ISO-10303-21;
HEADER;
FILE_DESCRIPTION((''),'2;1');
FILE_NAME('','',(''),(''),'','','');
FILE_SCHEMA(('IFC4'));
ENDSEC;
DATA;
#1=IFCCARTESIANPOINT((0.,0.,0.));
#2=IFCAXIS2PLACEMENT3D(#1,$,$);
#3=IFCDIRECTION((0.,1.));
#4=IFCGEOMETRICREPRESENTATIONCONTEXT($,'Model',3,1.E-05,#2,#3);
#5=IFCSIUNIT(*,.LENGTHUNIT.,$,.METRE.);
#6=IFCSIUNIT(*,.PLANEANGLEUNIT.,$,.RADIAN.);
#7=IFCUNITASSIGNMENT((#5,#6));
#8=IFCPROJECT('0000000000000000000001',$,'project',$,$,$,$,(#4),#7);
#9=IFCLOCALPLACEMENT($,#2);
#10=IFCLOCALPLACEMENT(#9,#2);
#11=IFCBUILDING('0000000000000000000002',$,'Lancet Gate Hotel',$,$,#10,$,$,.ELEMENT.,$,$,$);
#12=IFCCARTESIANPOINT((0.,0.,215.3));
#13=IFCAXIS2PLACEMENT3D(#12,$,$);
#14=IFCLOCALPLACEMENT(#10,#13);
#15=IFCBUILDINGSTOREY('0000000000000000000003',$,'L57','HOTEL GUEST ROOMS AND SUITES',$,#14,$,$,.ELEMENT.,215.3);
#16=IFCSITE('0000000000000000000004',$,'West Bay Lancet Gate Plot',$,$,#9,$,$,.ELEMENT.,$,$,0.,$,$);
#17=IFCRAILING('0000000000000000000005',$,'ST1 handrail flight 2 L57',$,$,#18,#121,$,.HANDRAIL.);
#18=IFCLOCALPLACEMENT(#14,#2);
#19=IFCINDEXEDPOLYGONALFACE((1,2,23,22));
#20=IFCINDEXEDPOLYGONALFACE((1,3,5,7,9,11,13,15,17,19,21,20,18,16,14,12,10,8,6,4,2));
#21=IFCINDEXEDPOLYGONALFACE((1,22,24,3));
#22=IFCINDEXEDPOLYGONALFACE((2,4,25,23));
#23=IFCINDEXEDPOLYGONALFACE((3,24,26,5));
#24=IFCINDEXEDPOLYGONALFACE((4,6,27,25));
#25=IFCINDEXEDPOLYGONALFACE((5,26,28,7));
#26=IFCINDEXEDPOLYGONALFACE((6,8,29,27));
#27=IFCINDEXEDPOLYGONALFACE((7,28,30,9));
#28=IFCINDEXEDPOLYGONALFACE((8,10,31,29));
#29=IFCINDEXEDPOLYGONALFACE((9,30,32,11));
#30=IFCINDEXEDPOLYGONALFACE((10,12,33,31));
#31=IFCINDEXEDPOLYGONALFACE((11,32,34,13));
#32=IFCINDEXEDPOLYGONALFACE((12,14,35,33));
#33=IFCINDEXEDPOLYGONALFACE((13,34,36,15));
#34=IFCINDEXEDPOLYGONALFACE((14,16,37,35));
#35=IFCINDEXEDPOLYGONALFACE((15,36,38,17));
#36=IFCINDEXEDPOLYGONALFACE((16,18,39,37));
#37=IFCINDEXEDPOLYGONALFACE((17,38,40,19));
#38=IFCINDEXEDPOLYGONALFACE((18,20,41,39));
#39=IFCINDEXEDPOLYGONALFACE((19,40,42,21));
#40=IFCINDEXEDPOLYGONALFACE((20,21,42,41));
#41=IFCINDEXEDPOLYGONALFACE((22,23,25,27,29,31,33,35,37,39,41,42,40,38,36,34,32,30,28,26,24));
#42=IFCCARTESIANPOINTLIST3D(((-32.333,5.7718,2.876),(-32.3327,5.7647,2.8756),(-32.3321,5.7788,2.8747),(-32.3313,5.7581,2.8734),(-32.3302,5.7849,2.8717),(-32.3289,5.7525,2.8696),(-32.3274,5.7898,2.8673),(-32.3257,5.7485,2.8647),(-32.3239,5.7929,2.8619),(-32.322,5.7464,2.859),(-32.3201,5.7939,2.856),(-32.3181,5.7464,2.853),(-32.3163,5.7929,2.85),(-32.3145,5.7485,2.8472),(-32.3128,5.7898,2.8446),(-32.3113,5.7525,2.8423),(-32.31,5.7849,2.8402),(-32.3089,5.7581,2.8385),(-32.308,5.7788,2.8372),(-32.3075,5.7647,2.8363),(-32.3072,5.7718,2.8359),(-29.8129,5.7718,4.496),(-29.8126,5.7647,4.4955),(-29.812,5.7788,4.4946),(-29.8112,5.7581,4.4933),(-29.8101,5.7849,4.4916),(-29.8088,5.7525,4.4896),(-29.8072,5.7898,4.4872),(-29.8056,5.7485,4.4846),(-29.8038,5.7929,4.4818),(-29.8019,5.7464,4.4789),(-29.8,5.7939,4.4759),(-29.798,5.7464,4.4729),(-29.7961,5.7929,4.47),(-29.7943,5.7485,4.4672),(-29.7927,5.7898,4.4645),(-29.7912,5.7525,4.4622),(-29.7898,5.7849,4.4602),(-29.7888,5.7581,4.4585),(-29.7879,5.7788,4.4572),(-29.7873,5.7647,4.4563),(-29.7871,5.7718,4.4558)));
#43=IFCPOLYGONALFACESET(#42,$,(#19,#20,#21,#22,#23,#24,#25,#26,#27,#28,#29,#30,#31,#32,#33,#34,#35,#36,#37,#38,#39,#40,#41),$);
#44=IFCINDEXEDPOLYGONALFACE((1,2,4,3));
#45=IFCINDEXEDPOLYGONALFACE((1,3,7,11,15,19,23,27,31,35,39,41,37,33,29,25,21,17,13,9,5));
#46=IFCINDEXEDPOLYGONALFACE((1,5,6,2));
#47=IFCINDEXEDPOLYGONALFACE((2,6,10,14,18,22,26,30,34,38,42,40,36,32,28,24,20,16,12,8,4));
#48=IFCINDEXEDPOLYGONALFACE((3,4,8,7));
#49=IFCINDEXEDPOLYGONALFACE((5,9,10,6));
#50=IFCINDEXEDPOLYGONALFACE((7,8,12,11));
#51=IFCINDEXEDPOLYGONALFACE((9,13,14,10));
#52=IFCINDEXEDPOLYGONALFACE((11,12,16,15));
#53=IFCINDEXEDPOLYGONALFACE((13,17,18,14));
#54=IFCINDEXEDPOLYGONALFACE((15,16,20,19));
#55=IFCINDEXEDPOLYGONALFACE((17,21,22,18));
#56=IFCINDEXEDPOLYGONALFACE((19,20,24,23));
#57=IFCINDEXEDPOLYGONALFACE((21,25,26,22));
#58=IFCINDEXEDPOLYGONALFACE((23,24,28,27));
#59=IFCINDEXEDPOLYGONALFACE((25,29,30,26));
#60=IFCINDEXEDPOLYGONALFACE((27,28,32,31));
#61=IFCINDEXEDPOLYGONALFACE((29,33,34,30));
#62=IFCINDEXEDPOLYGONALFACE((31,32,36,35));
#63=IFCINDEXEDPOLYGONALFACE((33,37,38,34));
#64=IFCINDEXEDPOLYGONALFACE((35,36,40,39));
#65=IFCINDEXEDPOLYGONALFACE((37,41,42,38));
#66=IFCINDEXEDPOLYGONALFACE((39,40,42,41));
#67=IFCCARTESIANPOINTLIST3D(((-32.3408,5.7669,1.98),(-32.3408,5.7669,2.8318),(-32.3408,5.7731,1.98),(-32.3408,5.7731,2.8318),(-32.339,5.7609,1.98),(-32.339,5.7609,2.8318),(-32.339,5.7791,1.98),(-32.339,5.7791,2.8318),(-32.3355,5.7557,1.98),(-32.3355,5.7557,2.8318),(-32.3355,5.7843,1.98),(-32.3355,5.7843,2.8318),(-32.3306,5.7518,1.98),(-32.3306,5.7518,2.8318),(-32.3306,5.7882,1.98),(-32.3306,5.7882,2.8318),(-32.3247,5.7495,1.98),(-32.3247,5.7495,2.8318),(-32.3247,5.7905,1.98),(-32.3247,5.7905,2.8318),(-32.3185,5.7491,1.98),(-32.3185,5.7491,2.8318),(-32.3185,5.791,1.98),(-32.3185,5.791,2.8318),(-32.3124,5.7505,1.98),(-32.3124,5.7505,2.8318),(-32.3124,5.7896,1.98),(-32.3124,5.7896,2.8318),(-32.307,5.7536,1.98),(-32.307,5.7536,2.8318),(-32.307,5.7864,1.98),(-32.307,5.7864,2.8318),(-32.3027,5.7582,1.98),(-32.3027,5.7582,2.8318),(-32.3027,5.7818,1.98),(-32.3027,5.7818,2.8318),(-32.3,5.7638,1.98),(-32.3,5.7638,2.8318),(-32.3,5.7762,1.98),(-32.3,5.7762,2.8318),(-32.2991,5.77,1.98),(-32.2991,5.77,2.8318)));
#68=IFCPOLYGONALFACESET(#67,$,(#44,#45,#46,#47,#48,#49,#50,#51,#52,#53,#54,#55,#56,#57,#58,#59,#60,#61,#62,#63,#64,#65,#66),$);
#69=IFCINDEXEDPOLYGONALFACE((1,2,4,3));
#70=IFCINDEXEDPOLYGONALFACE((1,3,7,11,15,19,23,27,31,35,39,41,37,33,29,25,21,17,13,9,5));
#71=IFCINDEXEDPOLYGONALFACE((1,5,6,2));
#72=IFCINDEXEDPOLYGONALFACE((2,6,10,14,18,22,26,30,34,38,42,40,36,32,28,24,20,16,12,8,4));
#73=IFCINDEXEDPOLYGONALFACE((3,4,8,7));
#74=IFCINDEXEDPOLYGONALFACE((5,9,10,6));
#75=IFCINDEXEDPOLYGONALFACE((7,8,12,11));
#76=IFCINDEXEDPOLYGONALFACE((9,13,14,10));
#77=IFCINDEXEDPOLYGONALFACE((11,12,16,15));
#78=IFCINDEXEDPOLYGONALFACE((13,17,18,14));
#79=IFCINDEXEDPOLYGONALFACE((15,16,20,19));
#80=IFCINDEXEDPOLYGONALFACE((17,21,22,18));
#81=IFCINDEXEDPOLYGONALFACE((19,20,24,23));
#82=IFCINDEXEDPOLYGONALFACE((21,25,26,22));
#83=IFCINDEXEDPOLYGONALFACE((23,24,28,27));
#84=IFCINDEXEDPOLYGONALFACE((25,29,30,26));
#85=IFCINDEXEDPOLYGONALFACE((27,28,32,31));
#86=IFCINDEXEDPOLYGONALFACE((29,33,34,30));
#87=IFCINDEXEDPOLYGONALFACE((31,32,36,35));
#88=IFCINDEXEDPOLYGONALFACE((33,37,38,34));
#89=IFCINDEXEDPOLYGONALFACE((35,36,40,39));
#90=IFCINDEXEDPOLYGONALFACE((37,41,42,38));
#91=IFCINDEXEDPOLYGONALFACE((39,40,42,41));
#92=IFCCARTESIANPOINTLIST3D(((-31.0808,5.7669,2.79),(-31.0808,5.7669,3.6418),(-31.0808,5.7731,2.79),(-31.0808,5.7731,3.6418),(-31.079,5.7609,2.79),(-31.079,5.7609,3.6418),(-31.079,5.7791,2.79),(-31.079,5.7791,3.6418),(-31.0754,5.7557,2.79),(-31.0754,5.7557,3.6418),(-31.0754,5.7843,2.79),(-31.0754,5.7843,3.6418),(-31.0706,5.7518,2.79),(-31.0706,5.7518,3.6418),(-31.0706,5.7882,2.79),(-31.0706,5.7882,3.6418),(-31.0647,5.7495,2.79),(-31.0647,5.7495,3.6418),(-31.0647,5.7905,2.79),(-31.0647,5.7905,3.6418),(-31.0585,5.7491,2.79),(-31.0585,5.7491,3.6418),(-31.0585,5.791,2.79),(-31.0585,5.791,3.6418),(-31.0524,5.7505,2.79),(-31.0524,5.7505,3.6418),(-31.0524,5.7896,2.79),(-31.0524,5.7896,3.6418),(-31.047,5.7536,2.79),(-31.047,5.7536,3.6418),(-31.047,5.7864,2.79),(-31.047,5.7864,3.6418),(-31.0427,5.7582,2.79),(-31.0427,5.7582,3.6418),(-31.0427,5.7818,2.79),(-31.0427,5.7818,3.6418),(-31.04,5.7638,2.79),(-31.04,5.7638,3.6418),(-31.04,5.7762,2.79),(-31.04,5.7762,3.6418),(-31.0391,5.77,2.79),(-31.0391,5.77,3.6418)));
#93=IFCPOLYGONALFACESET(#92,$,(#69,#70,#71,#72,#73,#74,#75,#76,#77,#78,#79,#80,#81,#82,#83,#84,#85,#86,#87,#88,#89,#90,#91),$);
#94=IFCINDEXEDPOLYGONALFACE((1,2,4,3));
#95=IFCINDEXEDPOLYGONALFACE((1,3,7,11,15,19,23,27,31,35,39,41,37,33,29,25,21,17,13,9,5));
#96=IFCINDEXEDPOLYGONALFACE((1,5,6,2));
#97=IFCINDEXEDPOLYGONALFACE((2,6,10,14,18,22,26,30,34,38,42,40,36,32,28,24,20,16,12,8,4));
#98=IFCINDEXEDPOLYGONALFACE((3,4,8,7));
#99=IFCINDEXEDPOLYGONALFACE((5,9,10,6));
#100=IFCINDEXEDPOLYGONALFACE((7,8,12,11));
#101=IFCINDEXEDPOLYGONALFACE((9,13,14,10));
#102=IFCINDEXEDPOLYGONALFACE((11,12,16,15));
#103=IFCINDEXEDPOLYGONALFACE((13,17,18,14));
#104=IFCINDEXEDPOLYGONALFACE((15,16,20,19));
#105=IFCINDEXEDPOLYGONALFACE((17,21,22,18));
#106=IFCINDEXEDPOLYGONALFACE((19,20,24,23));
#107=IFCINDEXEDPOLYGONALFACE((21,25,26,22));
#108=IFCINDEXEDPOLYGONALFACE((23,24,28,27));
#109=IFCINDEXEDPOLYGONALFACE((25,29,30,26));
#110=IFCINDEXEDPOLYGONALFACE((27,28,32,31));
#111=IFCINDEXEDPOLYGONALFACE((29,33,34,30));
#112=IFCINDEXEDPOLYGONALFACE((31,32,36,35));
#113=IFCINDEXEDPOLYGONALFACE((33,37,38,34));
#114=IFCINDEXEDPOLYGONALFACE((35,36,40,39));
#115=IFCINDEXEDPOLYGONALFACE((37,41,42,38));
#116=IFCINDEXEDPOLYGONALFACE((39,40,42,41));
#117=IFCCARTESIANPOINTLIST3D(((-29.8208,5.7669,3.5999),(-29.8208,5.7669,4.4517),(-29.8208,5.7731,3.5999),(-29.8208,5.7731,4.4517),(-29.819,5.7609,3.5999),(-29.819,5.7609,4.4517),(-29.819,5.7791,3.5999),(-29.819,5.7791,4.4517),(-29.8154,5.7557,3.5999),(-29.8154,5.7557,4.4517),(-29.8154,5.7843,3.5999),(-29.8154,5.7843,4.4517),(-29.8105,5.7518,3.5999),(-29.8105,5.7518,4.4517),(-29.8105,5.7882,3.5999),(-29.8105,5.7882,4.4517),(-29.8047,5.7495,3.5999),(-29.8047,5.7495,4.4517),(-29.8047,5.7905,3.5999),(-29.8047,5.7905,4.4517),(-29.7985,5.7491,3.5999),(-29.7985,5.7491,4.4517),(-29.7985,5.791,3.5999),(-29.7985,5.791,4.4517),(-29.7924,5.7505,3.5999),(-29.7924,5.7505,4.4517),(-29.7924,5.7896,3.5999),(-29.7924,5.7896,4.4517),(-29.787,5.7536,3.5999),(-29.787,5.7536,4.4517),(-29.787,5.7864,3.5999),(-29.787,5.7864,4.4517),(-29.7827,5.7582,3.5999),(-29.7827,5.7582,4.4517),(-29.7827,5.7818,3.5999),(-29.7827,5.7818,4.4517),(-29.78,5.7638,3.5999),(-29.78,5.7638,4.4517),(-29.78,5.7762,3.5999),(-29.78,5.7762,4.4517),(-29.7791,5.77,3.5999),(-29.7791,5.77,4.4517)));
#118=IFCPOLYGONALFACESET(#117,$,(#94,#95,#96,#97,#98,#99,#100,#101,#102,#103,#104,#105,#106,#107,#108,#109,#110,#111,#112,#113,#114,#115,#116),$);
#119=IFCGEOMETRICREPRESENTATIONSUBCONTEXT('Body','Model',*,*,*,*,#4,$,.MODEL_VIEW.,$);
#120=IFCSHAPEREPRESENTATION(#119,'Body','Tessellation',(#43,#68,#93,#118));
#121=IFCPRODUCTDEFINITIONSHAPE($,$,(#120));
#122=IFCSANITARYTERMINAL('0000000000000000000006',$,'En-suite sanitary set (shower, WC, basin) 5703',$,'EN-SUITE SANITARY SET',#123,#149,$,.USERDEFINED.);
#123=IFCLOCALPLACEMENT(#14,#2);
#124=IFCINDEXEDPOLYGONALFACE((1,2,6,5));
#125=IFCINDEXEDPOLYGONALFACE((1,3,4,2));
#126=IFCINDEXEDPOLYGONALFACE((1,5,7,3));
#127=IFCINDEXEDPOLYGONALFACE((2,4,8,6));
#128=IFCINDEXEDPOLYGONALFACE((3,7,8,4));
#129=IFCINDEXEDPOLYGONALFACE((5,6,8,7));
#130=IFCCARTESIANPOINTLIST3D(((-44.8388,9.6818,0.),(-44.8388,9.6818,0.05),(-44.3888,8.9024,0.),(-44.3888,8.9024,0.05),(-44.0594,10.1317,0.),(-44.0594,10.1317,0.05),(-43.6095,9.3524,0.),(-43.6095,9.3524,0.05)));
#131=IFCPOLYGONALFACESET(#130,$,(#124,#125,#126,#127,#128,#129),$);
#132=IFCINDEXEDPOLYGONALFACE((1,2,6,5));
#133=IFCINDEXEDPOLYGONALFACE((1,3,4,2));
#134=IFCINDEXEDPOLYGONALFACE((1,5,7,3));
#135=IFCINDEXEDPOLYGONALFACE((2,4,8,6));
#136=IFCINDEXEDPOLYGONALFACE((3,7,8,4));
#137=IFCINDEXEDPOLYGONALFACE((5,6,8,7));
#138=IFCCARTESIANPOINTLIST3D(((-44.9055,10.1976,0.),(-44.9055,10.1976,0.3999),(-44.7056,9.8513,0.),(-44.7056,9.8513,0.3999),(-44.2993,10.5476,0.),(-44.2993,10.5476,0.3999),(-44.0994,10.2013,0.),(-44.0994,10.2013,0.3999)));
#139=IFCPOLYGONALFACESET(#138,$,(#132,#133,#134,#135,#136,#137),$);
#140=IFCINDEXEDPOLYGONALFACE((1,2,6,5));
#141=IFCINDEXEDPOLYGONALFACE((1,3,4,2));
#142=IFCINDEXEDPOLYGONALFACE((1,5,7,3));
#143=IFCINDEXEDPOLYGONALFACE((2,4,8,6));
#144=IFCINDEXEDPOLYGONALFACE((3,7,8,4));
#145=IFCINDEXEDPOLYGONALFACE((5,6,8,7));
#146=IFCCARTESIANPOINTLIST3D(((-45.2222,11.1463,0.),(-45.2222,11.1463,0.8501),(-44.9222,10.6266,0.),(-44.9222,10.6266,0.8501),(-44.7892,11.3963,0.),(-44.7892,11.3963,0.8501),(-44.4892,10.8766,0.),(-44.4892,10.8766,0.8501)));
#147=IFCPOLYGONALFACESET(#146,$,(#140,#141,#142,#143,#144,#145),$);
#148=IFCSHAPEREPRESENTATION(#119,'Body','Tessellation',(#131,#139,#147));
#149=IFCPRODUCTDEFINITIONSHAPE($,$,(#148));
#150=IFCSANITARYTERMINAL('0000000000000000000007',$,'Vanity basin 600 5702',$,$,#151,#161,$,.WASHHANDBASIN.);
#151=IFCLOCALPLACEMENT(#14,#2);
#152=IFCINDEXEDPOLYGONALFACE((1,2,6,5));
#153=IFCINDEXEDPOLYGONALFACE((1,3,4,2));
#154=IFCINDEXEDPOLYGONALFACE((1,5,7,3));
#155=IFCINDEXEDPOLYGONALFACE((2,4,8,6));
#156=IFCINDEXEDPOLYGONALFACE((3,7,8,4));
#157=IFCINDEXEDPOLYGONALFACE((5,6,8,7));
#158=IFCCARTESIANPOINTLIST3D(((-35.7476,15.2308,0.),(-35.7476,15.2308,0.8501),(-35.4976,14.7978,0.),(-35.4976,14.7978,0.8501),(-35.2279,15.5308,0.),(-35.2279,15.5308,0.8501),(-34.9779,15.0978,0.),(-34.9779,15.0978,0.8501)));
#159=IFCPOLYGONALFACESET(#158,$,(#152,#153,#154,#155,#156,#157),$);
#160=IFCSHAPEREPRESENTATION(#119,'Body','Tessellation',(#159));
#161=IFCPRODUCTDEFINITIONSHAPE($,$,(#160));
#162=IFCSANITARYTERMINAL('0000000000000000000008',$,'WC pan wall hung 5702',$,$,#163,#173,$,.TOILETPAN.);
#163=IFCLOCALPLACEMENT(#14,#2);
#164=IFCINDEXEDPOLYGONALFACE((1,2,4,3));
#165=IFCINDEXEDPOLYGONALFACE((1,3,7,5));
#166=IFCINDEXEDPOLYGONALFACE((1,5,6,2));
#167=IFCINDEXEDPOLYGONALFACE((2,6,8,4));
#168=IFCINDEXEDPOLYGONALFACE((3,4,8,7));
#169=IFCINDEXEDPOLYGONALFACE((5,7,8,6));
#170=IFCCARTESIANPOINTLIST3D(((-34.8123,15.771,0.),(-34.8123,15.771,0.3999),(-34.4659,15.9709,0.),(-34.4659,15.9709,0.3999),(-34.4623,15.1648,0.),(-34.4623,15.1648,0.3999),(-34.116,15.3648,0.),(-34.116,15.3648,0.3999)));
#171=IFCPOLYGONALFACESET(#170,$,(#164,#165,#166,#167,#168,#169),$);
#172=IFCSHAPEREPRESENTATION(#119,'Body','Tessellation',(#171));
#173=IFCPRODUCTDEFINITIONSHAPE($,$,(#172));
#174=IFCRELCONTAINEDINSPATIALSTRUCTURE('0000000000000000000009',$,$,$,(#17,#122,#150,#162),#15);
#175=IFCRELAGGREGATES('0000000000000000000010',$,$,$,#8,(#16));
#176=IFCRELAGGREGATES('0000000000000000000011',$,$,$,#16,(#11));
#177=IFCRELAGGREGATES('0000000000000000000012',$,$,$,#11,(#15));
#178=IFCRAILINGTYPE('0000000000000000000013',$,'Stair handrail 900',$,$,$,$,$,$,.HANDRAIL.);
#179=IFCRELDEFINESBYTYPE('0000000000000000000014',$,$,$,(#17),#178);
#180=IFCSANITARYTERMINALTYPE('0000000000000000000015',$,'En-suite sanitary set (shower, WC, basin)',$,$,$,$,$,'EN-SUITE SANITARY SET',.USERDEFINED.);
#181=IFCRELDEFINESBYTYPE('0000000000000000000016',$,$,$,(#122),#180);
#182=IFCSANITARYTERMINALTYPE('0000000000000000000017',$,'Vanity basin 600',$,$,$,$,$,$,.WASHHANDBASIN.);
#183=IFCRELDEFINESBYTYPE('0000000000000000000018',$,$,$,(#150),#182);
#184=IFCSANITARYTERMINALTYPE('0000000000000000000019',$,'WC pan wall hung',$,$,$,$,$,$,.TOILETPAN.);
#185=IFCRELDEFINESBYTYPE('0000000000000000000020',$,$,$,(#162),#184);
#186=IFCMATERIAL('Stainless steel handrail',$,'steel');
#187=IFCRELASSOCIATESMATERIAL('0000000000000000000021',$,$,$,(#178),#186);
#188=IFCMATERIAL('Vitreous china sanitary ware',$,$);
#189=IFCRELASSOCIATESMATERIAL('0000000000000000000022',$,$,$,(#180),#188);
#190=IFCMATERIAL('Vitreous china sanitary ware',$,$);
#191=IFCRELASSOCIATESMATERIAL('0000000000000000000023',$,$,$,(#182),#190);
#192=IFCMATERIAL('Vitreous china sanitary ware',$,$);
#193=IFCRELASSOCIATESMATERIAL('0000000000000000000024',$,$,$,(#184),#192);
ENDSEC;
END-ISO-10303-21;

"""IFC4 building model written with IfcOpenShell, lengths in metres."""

from ifc_helpers import new_model, si_unit, direction, frame, origin, origin_2d, place, context, subcontext, project, spatial, rectangle, circle, extrude, material, type_object, element, save


model = new_model("IFC4")

# Units and contexts
model_context = context("Model", 3, precision=1e-05, world=origin(), true_north=direction((0.0, 1.0)))
body_context = subcontext(model_context, "Body", "Model", "MODEL_VIEW")
ifc_project = project(units=[si_unit("LENGTHUNIT", "METRE"), si_unit("PLANEANGLEUNIT", "RADIAN")], contexts=[model_context])

# Site, building, storey
site_placement = place(None, origin())
site = spatial("IfcSite", under=ifc_project, at=site_placement, Name="West Bay Lancet Gate Plot", CompositionType="ELEMENT", RefElevation=0.0)
building_placement = place(site_placement, origin())
building = spatial("IfcBuilding", under=site, at=building_placement, Name="Lancet Gate Hotel", CompositionType="ELEMENT")
storey_placement = place(building_placement, frame((0.0, 0.0, 215.3)))
storey = spatial("IfcBuildingStorey", under=building, at=storey_placement, Name="L57", Description="HOTEL GUEST ROOMS AND SUITES", CompositionType="ELEMENT", Elevation=215.3)

# Railing
ifc_material_1 = material(Name="Stainless steel handrail", Category="steel")
railing_type = type_object("IfcRailingType", Name="Stair handrail 900", PredefinedType="HANDRAIL", material=ifc_material_1)
railing_placement = place(storey_placement, frame((-32.3201, 5.77, 1.98)))
element("IfcRailing", 1, at=railing_placement, inside=storey, type_object=railing_type, Name="ST1 handrail flight 2 L57", PredefinedType="HANDRAIL", context=body_context, shape_type="SweptSolid", body=[
    extrude(circle(Radius=0.0239, at=origin_2d()), frame((0.0, 0.0, 0.876), z_axis=(0.8412, 0.0, 0.540725), x_axis=(0.0, 1.0, 0.0)), (0.0, 0.0, 1.0), 2.9958),
    extrude(circle(Radius=0.021, at=origin_2d()), origin(), (0.0, 0.0, 1.0), 0.8518),
    extrude(circle(Radius=0.021, at=origin_2d()), frame((1.26, 0.0, 0.8101)), (0.0, 0.0, 1.0), 0.8518),
    extrude(circle(Radius=0.021, at=origin_2d()), frame((2.52, 0.0, 1.6199)), (0.0, 0.0, 1.0), 0.8518),
])

# Sanitary terminals
ifc_material_2 = material(Name="Vitreous china sanitary ware")
sanitary_terminal_type_1 = type_object("IfcSanitaryTerminalType", Name="En-suite sanitary set (shower, WC, basin)", ElementType="EN-SUITE SANITARY SET", PredefinedType="USERDEFINED", material=ifc_material_2)
sanitary_terminal_1_placement = place(storey_placement, frame((-44.2241, 9.5171, 0.0), z_axis=(0.0, 0.0, 1.0), x_axis=(1.0, 0.0, 0.0)))
element("IfcSanitaryTerminal", 2, at=sanitary_terminal_1_placement, inside=storey, type_object=sanitary_terminal_type_1, Name="En-suite sanitary set (shower, WC, basin) 5703", ObjectType="EN-SUITE SANITARY SET", PredefinedType="USERDEFINED", context=body_context, shape_type="SweptSolid", body=[
    extrude(rectangle(XDim=0.8999, YDim=0.8999, at=origin_2d()), frame((0.0, 0.0, 0.0), z_axis=(0.0, 0.0, 1.0), x_axis=(0.5, -0.866025, 0.0)), (0.0, 0.0, 1.0), 0.05),
    extrude(rectangle(XDim=0.3999, YDim=0.7, at=origin_2d()), frame((-0.2783, 0.6824, 0.0), z_axis=(0.0, 0.0, 1.0), x_axis=(0.5, -0.866025, 0.0)), (0.0, 0.0, 1.0), 0.3999),
    extrude(rectangle(XDim=0.6001, YDim=0.5, at=origin_2d()), frame((-0.6316, 1.4944, 0.0), z_axis=(0.0, 0.0, 1.0), x_axis=(0.5, -0.866025, 0.0)), (0.0, 0.0, 1.0), 0.8501),
])
ifc_material_3 = material(Name="Vitreous china sanitary ware")
sanitary_terminal_type_2 = type_object("IfcSanitaryTerminalType", Name="Vanity basin 600", PredefinedType="WASHHANDBASIN", material=ifc_material_3)
sanitary_terminal_2_placement = place(storey_placement, frame((-35.3628, 15.1643, 0.0), z_axis=(0.0, 0.0, 1.0), x_axis=(0.866025, 0.5, 0.0)))
element("IfcSanitaryTerminal", 3, at=sanitary_terminal_2_placement, inside=storey, type_object=sanitary_terminal_type_2, Name="Vanity basin 600 5702", PredefinedType="WASHHANDBASIN", context=body_context, shape_type="SweptSolid", body=[
    extrude(rectangle(XDim=0.6001, YDim=0.5, at=origin_2d()), origin(), (0.0, 0.0, 1.0), 0.8501),
])
ifc_material_4 = material(Name="Vitreous china sanitary ware")
sanitary_terminal_type_3 = type_object("IfcSanitaryTerminalType", Name="WC pan wall hung", PredefinedType="TOILETPAN", material=ifc_material_4)
sanitary_terminal_3_placement = place(storey_placement, frame((-34.4641, 15.5679, 0.0), z_axis=(0.0, 0.0, 1.0), x_axis=(0.866025, 0.5, 0.0)))
element("IfcSanitaryTerminal", 4, at=sanitary_terminal_3_placement, inside=storey, type_object=sanitary_terminal_type_3, Name="WC pan wall hung 5702", PredefinedType="TOILETPAN", context=body_context, shape_type="SweptSolid", body=[
    extrude(rectangle(XDim=0.3999, YDim=0.7, at=origin_2d()), origin(), (0.0, 0.0, 1.0), 0.3999),
])

save(model, "model.ifc")
